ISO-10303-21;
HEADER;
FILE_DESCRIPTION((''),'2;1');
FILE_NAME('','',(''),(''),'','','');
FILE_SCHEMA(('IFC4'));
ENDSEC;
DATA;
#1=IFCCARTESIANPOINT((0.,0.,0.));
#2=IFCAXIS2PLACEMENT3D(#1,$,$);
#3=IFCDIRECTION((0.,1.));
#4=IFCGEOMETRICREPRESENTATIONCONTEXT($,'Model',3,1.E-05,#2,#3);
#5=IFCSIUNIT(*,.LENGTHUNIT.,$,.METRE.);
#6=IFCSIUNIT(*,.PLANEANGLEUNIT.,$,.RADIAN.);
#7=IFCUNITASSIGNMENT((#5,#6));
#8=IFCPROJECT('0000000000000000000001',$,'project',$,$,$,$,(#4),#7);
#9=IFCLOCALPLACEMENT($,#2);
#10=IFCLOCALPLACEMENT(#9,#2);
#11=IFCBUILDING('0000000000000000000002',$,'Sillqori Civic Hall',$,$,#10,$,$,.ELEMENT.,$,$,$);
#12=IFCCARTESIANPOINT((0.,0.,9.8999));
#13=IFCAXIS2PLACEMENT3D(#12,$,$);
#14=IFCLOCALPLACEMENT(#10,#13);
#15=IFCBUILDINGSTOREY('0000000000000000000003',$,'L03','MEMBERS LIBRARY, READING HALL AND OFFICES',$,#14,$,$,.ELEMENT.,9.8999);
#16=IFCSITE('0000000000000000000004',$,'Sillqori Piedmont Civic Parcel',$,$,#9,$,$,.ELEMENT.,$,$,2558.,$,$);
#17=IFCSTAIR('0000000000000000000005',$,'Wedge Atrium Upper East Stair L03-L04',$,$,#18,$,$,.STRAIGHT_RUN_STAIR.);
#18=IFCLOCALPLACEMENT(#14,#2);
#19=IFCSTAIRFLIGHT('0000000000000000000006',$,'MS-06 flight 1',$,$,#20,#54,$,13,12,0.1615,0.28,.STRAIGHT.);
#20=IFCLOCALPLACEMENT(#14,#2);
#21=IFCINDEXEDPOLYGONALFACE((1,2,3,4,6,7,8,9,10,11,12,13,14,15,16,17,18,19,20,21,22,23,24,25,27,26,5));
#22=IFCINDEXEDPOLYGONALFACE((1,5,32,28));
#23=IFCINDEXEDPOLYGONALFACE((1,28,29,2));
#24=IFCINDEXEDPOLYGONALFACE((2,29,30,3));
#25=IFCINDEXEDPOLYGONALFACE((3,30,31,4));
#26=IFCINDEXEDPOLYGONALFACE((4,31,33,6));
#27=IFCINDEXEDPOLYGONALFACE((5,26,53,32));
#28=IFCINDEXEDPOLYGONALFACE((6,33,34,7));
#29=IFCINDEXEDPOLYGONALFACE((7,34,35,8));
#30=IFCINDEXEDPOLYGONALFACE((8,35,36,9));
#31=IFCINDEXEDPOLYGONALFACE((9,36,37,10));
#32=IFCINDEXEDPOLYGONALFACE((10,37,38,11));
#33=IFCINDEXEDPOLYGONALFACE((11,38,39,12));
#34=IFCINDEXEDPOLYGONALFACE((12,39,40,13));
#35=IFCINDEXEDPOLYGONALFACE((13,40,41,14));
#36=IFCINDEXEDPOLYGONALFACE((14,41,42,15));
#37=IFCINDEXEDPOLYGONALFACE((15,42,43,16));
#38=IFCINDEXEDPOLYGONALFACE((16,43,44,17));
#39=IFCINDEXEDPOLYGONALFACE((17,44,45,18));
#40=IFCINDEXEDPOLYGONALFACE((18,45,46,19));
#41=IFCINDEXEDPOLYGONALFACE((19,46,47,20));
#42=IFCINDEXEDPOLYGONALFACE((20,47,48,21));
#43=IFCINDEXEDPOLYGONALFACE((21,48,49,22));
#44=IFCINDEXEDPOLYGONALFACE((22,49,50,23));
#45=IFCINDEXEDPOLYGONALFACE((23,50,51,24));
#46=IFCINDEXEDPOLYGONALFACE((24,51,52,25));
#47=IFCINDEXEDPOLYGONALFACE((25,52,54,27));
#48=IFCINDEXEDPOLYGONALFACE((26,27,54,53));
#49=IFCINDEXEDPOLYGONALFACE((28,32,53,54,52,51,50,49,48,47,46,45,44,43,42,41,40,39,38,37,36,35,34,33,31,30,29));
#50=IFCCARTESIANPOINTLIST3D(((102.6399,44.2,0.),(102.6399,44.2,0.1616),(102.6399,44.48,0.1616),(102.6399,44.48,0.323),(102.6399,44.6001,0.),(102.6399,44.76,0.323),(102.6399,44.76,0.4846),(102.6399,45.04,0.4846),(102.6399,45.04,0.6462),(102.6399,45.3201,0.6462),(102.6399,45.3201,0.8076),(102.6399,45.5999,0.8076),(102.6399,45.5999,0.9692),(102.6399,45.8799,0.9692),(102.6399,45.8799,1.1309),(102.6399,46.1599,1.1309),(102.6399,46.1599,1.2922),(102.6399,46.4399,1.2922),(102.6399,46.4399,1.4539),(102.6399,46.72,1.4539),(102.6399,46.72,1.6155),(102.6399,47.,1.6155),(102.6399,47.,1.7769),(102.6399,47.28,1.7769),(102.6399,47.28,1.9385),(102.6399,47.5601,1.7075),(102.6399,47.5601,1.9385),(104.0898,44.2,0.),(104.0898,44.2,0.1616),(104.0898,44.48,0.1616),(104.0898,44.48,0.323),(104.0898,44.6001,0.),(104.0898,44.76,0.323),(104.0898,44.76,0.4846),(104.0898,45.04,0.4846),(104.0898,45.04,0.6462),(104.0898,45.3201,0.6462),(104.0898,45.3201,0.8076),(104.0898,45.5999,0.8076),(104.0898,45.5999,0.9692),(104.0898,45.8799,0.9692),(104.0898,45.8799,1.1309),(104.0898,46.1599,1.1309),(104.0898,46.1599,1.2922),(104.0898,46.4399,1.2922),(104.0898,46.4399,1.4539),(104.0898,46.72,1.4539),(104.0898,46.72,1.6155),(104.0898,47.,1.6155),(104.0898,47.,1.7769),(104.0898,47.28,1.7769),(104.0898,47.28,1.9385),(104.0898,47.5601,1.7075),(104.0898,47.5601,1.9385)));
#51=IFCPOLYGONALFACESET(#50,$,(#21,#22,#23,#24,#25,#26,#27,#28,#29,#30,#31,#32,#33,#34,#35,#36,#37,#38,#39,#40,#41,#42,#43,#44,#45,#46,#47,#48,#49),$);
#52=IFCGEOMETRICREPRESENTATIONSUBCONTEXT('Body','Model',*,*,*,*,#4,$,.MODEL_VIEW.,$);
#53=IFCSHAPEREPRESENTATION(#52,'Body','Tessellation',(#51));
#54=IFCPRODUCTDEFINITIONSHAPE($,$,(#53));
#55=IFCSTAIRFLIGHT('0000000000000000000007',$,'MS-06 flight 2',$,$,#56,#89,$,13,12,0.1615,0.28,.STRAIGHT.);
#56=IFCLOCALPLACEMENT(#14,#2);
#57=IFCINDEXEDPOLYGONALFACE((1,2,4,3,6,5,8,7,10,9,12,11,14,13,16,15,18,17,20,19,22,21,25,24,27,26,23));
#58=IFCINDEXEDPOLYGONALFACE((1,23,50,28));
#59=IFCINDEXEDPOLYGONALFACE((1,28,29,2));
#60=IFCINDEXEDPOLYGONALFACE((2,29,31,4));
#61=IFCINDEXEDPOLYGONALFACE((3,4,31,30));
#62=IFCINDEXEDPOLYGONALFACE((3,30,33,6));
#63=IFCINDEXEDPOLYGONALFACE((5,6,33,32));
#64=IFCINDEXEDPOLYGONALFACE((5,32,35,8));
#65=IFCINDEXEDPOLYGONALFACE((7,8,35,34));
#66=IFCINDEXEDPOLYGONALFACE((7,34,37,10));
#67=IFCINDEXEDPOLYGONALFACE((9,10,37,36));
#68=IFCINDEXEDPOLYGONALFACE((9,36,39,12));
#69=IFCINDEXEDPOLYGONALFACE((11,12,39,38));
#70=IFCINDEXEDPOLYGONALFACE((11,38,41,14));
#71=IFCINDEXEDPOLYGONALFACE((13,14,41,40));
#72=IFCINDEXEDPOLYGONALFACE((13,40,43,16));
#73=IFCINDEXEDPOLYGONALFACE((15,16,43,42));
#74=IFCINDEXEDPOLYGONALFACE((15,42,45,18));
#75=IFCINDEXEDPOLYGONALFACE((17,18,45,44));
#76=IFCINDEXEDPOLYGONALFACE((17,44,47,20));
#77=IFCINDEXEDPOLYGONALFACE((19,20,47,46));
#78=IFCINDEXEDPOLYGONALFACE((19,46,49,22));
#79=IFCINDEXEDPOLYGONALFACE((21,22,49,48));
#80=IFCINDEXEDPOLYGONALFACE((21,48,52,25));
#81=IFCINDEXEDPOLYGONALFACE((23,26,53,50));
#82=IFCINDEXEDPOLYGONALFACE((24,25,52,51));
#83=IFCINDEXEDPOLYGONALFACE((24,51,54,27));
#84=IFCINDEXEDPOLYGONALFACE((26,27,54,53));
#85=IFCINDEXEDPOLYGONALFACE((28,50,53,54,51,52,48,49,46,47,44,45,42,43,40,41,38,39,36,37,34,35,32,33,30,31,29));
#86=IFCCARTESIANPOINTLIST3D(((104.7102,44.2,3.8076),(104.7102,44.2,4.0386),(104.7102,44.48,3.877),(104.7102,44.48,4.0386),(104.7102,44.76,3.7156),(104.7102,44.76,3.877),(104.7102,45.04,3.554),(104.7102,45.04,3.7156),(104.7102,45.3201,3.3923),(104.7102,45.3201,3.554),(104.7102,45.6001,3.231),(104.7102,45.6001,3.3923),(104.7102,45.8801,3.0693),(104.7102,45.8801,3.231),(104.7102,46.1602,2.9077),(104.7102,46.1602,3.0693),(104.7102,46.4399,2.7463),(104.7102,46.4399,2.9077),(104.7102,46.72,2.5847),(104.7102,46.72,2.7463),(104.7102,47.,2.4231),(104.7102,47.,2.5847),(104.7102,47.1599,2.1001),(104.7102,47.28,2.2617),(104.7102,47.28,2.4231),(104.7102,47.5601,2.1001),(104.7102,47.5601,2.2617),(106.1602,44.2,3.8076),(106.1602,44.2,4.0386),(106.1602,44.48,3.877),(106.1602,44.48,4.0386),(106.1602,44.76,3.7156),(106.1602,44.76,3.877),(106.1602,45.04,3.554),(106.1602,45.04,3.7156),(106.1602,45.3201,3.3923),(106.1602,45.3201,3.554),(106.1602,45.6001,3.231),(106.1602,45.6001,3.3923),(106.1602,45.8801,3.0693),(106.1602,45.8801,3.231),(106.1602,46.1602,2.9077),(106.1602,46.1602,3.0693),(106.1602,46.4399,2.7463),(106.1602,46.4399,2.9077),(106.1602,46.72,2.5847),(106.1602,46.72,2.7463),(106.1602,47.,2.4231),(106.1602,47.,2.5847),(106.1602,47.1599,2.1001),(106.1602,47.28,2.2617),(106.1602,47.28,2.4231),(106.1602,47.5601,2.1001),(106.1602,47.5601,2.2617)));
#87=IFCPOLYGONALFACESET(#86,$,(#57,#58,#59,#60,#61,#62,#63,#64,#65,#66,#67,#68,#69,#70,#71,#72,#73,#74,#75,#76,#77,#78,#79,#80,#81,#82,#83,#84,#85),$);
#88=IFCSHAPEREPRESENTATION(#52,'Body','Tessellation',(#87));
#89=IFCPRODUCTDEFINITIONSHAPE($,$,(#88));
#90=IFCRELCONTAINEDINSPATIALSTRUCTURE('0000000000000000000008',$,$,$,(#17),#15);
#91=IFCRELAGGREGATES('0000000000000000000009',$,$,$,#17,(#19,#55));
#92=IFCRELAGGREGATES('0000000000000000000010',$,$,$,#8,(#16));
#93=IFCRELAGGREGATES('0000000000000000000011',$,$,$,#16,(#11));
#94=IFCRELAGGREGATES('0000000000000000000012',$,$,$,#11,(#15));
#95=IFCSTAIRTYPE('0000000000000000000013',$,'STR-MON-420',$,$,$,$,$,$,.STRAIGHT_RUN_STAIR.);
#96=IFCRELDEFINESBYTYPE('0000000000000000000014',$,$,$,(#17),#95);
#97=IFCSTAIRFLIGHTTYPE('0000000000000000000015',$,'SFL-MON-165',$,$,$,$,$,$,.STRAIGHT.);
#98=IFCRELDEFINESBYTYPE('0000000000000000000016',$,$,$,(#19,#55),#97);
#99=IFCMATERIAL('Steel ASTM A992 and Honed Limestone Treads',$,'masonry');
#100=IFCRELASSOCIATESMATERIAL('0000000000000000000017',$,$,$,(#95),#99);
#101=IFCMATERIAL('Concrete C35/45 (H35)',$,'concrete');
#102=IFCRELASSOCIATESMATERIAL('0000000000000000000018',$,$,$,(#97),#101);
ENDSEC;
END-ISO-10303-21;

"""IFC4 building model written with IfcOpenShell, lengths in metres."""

from ifc_helpers import new_model, si_unit, direction, frame, origin, place, context, subcontext, project, spatial, polyline, outline, extrude, material, type_object, element, aggregate, save


model = new_model("IFC4")

# Units and contexts
model_context = context("Model", 3, precision=1e-05, world=origin(), true_north=direction((0.0, 1.0)))
body_context = subcontext(model_context, "Body", "Model", "MODEL_VIEW")
ifc_project = project(units=[si_unit("LENGTHUNIT", "METRE"), si_unit("PLANEANGLEUNIT", "RADIAN")], contexts=[model_context])

# Site, building, storey
site_placement = place(None, origin())
site = spatial("IfcSite", under=ifc_project, at=site_placement, Name="Sillqori Piedmont Civic Parcel", CompositionType="ELEMENT", RefElevation=2558.0)
building_placement = place(site_placement, origin())
building = spatial("IfcBuilding", under=site, at=building_placement, Name="Sillqori Civic Hall", CompositionType="ELEMENT")
storey_placement = place(building_placement, frame((0.0, 0.0, 9.8999)))
storey = spatial("IfcBuildingStorey", under=building, at=storey_placement, Name="L03", Description="MEMBERS LIBRARY, READING HALL AND OFFICES", CompositionType="ELEMENT", Elevation=9.8999)

# Stair, stair flights
ifc_material_1 = material(Name="Steel ASTM A992 and Honed Limestone Treads", Category="masonry")
stair_type = type_object("IfcStairType", Name="STR-MON-420", PredefinedType="STRAIGHT_RUN_STAIR", material=ifc_material_1)
stair_placement = place(storey_placement, origin())
stair = element("IfcStair", 1, at=stair_placement, inside=storey, type_object=stair_type, Name="Wedge Atrium Upper East Stair L03-L04", PredefinedType="STRAIGHT_RUN_STAIR")
ifc_material_2 = material(Name="Concrete C35/45 (H35)", Category="concrete")
stair_flight_type = type_object("IfcStairFlightType", Name="SFL-MON-165", PredefinedType="STRAIGHT", material=ifc_material_2)
stair_flight_1_placement = place(storey_placement, frame((103.365, 44.2, 0.0), z_axis=(0.0, 0.0, 1.0), x_axis=(0.0, 1.0, 0.0)))
stair_flight_1 = element("IfcStairFlight", 2, at=stair_flight_1_placement, type_object=stair_flight_type, Name="MS-06 flight 1", NumberOfRisers=13, NumberOfTreads=12, PredefinedType="STRAIGHT", RiserHeight=0.1615, TreadLength=0.28, context=body_context, shape_type="SweptSolid", body=[
    extrude(outline(polyline([(0.0, 0.0), (0.0, 0.1616), (0.28, 0.1616), (0.28, 0.323), (0.5601, 0.323), (0.5601, 0.4846), (0.8401, 0.4846), (0.8401, 0.6462), (1.1201, 0.6462), (1.1201, 0.8076), (1.3999, 0.8076), (1.3999, 0.9692), (1.6799, 0.9692), (1.6799, 1.1309), (1.96, 1.1309), (1.96, 1.2922), (2.24, 1.2922), (2.24, 1.4539), (2.52, 1.4539), (2.52, 1.6155), (2.8, 1.6155), (2.8, 1.7769), (3.0801, 1.7769), (3.0801, 1.9385), (3.3601, 1.9385), (3.3601, 2.1001), (3.3601, 1.7075), (0.4001, 0.0), (0.0, 0.0)])), frame((0.0, 0.7251, 0.0), z_axis=(0.0, -1.0, 0.0), x_axis=(1.0, 0.0, 0.0)), (0.0, 0.0, 1.0), 1.45),
])
stair_flight_2_placement = place(storey_placement, frame((105.4351, 47.5601, 2.1001), z_axis=(0.0, 0.0, 1.0), x_axis=(0.0, -1.0, 0.0)))
stair_flight_2 = element("IfcStairFlight", 3, at=stair_flight_2_placement, type_object=stair_flight_type, Name="MS-06 flight 2", NumberOfRisers=13, NumberOfTreads=12, PredefinedType="STRAIGHT", RiserHeight=0.1615, TreadLength=0.28, context=body_context, shape_type="SweptSolid", body=[
    extrude(outline(polyline([(0.0, 0.0), (0.0, 0.1616), (0.28, 0.1616), (0.28, 0.323), (0.5601, 0.323), (0.5601, 0.4846), (0.8401, 0.4846), (0.8401, 0.6462), (1.1201, 0.6462), (1.1201, 0.8076), (1.3999, 0.8076), (1.3999, 0.9692), (1.6799, 0.9692), (1.6799, 1.1309), (1.96, 1.1309), (1.96, 1.2922), (2.24, 1.2922), (2.24, 1.4539), (2.52, 1.4539), (2.52, 1.6155), (2.8, 1.6155), (2.8, 1.7769), (3.0801, 1.7769), (3.0801, 1.9385), (3.3601, 1.9385), (3.3601, 2.1001), (3.3601, 1.7075), (0.4001, 0.0), (0.0, 0.0)])), frame((0.0, 0.7251, 0.0), z_axis=(0.0, -1.0, 0.0), x_axis=(1.0, 0.0, 0.0)), (0.0, 0.0, 1.0), 1.45),
])
aggregate(stair, [stair_flight_1, stair_flight_2])

save(model, "model.ifc")
